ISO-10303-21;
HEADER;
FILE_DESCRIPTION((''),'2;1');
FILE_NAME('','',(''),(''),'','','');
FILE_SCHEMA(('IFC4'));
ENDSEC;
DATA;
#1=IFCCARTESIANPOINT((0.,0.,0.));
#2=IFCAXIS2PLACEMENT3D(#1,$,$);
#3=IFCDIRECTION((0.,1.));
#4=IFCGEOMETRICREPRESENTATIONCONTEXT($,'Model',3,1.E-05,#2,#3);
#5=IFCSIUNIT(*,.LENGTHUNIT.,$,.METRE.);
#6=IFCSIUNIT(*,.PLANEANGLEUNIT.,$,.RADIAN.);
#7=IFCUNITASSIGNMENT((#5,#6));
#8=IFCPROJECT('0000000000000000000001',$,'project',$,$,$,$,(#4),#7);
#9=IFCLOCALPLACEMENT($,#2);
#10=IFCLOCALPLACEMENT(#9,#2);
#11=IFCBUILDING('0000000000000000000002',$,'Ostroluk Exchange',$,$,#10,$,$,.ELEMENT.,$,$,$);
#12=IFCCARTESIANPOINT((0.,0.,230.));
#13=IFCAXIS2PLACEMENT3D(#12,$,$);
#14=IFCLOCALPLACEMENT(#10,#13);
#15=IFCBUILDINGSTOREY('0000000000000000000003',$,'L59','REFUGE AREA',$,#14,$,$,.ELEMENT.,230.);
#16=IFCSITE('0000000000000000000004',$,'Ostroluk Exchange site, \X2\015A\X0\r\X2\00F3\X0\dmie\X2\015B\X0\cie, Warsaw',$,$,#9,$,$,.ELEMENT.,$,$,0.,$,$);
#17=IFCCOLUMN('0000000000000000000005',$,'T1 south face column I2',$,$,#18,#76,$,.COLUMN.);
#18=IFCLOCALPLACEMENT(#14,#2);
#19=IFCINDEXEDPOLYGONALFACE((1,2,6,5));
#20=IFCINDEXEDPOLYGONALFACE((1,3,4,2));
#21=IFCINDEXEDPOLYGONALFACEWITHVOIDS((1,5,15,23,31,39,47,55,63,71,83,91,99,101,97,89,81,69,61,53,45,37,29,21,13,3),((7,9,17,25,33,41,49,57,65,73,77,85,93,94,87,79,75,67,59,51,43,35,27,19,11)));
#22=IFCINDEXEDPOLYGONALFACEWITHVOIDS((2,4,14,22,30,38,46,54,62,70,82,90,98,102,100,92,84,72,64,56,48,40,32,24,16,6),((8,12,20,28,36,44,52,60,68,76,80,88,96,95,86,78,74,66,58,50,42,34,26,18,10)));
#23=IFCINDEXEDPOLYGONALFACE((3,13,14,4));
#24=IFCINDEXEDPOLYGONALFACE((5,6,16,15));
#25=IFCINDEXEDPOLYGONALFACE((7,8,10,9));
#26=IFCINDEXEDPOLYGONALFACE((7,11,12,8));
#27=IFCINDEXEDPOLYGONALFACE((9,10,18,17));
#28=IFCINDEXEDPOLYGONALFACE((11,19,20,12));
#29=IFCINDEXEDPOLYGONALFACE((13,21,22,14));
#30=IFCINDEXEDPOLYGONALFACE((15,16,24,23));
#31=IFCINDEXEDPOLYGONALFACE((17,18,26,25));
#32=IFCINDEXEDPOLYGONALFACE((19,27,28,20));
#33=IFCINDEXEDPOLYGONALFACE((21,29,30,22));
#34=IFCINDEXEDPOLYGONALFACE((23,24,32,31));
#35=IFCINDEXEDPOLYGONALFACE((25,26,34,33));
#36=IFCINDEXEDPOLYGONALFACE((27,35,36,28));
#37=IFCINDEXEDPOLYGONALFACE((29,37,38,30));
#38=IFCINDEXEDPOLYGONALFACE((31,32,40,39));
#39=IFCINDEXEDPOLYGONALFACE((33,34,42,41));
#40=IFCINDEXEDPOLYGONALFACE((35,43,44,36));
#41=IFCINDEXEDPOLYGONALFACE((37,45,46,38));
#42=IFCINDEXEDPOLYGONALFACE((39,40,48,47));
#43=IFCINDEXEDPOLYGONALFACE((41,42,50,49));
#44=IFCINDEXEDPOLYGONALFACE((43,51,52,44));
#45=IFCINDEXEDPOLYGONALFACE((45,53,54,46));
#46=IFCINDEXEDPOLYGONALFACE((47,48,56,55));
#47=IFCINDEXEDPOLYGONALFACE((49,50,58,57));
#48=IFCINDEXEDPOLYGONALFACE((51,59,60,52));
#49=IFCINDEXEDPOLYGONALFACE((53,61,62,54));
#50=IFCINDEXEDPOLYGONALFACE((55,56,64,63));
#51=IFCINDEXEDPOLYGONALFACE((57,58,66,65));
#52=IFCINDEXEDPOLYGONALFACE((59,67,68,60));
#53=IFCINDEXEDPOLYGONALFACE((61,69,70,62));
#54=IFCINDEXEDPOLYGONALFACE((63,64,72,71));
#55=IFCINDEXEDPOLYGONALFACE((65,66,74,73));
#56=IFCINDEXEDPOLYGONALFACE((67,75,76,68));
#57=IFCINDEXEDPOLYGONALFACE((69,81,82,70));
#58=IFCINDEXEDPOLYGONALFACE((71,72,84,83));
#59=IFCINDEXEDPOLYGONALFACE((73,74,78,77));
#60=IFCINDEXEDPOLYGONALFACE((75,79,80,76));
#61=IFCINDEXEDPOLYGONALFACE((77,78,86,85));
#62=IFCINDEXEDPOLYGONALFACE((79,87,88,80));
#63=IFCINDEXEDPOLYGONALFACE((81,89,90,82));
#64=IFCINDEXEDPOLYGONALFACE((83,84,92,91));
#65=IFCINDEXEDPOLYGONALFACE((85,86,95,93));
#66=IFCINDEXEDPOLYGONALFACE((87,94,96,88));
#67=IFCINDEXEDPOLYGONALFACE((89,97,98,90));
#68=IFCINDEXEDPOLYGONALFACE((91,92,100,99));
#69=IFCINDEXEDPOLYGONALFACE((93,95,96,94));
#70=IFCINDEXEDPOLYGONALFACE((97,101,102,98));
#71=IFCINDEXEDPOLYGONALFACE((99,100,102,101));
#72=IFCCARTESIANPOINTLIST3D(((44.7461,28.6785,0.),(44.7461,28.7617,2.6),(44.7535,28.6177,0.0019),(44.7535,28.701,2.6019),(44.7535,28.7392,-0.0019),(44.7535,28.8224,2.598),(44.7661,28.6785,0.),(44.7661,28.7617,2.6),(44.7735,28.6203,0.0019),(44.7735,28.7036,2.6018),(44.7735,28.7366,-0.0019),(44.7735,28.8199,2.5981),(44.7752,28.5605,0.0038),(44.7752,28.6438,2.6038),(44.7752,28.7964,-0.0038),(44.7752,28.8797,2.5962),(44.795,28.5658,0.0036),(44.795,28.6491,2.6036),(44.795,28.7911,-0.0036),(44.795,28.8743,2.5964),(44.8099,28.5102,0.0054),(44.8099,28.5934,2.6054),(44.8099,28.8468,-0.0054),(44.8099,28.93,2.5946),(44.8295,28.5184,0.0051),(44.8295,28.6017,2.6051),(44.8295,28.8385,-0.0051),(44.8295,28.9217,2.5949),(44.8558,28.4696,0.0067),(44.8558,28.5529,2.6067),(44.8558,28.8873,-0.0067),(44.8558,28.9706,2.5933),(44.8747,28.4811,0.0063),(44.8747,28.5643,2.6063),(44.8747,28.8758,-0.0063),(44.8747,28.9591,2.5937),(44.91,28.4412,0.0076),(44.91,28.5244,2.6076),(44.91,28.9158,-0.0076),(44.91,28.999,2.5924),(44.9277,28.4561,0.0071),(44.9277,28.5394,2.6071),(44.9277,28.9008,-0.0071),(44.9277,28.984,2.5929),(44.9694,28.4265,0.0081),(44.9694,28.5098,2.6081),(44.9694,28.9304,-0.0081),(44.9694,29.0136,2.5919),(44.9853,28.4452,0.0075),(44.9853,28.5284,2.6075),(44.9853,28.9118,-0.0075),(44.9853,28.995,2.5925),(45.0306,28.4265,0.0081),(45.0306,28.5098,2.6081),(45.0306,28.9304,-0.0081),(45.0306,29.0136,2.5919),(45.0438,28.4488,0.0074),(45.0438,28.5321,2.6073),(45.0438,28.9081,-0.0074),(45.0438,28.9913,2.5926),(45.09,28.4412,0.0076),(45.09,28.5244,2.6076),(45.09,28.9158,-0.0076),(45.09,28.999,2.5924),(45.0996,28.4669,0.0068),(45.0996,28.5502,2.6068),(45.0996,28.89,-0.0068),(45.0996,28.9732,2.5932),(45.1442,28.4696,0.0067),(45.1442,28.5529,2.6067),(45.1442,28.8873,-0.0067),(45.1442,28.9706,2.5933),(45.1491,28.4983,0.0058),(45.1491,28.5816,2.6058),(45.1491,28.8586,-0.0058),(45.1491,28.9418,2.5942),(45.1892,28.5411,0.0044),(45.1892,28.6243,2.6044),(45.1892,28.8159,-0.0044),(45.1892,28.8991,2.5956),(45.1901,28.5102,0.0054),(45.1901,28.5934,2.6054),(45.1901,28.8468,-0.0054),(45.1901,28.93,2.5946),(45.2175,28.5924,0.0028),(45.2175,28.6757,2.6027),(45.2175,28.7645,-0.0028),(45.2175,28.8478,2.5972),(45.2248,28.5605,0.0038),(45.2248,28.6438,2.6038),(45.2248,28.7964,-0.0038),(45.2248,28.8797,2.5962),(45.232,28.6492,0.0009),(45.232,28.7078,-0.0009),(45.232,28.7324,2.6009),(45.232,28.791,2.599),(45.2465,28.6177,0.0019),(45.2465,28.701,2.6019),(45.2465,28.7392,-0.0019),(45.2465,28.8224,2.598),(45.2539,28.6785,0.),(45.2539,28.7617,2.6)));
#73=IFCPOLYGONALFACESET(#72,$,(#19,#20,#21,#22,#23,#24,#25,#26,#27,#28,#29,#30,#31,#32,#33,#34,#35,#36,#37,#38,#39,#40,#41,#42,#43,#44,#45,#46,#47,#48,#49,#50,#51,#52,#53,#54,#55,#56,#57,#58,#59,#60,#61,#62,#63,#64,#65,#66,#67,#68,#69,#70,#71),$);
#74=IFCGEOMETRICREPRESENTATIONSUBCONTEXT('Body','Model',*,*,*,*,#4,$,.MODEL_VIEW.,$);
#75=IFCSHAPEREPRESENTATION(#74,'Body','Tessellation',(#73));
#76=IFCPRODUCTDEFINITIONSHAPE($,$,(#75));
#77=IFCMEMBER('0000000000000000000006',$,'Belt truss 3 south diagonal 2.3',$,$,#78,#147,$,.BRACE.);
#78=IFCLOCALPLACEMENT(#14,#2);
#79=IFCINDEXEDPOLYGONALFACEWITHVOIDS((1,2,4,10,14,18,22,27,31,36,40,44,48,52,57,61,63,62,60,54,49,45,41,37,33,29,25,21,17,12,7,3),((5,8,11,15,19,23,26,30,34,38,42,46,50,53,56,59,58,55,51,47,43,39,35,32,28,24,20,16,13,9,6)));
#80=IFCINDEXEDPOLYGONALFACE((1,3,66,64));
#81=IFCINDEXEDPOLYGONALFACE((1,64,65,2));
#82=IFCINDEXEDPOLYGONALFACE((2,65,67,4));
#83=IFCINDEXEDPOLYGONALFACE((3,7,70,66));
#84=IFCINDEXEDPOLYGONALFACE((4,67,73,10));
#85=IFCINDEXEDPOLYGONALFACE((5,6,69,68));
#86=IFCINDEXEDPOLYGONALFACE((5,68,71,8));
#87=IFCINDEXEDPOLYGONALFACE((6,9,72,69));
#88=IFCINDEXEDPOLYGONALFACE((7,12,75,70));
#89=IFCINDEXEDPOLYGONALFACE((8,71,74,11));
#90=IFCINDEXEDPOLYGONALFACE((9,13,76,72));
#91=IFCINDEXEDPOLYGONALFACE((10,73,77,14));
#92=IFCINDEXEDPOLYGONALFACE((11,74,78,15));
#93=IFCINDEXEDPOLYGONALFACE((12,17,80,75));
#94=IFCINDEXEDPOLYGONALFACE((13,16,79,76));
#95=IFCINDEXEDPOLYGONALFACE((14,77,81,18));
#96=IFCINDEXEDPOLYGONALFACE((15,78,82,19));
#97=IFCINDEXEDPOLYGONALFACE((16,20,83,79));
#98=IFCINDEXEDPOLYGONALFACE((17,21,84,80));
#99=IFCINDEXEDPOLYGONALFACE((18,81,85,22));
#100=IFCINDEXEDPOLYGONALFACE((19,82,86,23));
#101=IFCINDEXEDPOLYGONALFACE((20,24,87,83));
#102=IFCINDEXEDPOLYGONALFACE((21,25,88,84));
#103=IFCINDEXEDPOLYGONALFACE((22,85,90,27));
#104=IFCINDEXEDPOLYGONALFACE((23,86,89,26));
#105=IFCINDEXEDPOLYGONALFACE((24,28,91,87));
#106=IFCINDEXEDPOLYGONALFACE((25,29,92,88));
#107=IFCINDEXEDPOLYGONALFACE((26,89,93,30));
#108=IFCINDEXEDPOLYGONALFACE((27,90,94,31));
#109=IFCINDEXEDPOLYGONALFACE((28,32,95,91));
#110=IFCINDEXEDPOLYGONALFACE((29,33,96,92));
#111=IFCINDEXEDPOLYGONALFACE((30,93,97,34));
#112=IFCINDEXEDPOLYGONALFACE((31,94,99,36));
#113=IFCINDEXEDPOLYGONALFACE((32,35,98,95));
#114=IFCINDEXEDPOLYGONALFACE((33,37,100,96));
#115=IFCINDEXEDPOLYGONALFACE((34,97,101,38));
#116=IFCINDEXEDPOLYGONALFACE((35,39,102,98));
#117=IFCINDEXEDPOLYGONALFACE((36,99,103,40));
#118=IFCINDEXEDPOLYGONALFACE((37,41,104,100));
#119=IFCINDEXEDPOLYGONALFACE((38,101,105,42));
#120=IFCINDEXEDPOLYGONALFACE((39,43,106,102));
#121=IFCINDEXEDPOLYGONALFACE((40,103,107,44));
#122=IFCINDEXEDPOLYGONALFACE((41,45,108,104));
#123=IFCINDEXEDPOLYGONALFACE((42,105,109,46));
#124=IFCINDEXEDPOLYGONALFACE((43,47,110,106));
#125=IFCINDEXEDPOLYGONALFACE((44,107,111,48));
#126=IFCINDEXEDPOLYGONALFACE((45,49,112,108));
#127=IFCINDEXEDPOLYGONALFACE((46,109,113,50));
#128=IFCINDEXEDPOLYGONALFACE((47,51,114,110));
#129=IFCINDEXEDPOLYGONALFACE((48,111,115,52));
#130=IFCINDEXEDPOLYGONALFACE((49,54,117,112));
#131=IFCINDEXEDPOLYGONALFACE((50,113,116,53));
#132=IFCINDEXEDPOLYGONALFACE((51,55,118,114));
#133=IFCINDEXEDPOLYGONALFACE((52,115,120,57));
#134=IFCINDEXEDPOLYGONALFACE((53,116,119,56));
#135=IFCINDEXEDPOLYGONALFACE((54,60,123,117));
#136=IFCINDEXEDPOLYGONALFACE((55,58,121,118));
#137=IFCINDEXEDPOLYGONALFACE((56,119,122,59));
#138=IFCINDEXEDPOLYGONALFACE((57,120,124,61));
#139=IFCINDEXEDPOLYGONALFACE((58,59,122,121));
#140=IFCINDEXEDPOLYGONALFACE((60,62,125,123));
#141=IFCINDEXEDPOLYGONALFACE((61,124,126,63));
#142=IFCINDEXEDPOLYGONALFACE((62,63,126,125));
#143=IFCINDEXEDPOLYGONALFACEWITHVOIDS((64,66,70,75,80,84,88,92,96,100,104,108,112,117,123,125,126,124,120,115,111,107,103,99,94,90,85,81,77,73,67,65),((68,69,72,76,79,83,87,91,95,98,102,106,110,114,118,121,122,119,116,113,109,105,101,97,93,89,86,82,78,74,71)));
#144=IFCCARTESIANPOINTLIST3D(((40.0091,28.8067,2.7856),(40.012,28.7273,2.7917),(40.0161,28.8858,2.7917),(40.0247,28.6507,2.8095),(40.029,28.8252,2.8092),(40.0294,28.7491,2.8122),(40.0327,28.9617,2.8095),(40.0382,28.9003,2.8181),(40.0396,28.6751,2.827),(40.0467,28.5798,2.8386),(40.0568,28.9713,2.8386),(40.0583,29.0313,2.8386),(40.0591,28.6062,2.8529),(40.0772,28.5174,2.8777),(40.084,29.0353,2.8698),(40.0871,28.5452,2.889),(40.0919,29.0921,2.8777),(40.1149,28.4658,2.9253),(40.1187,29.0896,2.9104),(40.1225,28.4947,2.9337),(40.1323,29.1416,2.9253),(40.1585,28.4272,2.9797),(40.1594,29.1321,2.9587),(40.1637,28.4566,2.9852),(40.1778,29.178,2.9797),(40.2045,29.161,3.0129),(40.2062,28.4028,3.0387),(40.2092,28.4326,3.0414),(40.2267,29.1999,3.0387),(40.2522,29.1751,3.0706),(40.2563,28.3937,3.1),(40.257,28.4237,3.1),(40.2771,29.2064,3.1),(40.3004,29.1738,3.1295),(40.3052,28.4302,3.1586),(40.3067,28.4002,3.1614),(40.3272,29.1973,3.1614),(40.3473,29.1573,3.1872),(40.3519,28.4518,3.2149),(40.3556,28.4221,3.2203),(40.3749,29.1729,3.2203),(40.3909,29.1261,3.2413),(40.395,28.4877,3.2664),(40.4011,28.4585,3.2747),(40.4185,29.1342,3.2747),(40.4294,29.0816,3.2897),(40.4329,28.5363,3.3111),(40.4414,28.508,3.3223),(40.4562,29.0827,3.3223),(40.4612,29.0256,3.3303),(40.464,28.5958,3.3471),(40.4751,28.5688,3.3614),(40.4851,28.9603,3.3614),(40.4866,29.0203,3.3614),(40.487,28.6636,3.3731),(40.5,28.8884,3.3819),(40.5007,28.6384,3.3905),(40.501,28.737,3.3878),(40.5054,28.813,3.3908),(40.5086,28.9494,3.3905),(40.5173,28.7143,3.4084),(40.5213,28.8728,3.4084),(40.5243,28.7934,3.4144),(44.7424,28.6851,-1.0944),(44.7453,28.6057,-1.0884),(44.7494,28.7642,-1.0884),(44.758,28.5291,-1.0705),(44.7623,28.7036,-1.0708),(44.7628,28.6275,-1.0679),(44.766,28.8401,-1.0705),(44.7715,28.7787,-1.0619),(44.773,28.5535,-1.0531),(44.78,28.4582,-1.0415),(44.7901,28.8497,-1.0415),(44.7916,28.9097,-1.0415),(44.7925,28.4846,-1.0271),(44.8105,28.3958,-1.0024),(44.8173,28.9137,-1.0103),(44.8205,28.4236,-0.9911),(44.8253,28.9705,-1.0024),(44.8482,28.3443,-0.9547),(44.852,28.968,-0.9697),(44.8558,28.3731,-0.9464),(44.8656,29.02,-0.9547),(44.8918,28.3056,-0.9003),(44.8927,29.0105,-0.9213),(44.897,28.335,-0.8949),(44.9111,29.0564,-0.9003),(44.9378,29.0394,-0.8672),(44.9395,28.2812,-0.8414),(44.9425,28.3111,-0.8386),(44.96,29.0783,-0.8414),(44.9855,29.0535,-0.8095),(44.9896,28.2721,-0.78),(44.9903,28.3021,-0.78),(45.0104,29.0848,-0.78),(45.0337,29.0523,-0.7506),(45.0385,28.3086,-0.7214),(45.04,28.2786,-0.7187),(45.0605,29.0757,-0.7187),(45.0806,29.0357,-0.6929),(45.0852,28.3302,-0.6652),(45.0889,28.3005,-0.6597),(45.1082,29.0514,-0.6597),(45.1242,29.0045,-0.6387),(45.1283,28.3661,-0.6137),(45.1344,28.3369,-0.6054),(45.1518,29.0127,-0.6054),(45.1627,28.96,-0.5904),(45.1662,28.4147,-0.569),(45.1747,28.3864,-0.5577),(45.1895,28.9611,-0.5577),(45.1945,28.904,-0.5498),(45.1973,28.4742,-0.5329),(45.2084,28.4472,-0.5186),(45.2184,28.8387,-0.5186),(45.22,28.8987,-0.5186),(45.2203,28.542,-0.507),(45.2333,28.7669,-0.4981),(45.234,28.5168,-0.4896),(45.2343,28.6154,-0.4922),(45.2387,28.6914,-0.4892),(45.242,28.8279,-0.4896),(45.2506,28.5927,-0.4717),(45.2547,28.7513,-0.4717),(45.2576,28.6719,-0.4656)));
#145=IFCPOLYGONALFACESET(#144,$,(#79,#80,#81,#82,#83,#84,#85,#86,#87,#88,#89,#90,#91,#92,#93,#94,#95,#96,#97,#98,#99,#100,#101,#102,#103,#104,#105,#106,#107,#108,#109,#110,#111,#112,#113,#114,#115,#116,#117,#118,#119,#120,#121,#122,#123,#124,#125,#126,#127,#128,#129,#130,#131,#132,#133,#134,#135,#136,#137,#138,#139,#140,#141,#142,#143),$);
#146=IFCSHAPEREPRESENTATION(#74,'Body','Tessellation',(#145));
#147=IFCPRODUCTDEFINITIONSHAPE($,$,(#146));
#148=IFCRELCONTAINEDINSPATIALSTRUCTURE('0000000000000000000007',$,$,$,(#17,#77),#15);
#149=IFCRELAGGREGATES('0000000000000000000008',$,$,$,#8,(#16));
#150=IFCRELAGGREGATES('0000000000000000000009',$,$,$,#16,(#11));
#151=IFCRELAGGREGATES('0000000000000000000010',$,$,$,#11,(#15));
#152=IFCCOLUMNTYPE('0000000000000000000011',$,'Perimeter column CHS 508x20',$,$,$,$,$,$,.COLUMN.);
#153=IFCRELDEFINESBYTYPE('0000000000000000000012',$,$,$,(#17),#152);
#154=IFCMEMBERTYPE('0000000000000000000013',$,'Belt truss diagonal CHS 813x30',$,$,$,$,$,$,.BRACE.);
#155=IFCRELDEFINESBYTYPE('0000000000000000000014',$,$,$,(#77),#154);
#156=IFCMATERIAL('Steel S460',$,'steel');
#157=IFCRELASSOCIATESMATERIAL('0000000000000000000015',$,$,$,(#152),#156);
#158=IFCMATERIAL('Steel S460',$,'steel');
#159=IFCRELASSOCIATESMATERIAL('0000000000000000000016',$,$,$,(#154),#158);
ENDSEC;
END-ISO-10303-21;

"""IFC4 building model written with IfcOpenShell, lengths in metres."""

from ifc_helpers import new_model, si_unit, direction, frame, origin, origin_2d, place, context, subcontext, project, spatial, hollow_circle, extrude, material, material_profile, profile_set, type_object, element, save


model = new_model("IFC4")

# Units and contexts
model_context = context("Model", 3, precision=1e-05, world=origin(), true_north=direction((0.0, 1.0)))
body_context = subcontext(model_context, "Body", "Model", "MODEL_VIEW")
ifc_project = project(units=[si_unit("LENGTHUNIT", "METRE"), si_unit("PLANEANGLEUNIT", "RADIAN")], contexts=[model_context])

# Site, building, storey
site_placement = place(None, origin())
site = spatial("IfcSite", under=ifc_project, at=site_placement, Name="Ostroluk Exchange site, Śródmieście, Warsaw", CompositionType="ELEMENT", RefElevation=0.0)
building_placement = place(site_placement, origin())
building = spatial("IfcBuilding", under=site, at=building_placement, Name="Ostroluk Exchange", CompositionType="ELEMENT")
storey_placement = place(building_placement, frame((0.0, 0.0, 230.0)))
storey = spatial("IfcBuildingStorey", under=building, at=storey_placement, Name="L59", Description="REFUGE AREA", CompositionType="ELEMENT", Elevation=230.0)

# Column
ifc_material_1 = material(Name="Steel S460", Category="steel")
ifc_material_profile_1 = material_profile(ifc_material_1, hollow_circle(Radius=0.2539, WallThickness=0.02, at=origin_2d()), Name="CHS 508x20")
ifc_profile_set_1 = profile_set([ifc_material_profile_1], Name="Steel S460")
column_type = type_object("IfcColumnType", Name="Perimeter column CHS 508x20", PredefinedType="COLUMN", material=ifc_profile_set_1)
column_placement = place(storey_placement, frame((45.0, 28.6785, 0.0), z_axis=(0.0, 0.032002, 0.999488), x_axis=(-1.0, 0.0, 0.0)))
element("IfcColumn", 1, at=column_placement, inside=storey, type_object=column_type, Name="T1 south face column I2", PredefinedType="COLUMN", context=body_context, shape_type="SweptSolid", body=[
    extrude(hollow_circle(Radius=0.2539, WallThickness=0.02, at=origin_2d()), origin(), (0.0, 0.0, 1.0), 2.6013),
])

# Member
ifc_material_2 = material(Name="Steel S460", Category="steel")
ifc_material_profile_2 = material_profile(ifc_material_2, hollow_circle(Radius=0.4065, WallThickness=0.03, at=origin_2d()), Name="CHS 813x30")
ifc_profile_set_2 = profile_set([ifc_material_profile_2], Name="Steel S460")
member_type_1 = type_object("IfcMemberType", Name="Belt truss diagonal CHS 813x30", PredefinedType="BRACE", material=ifc_profile_set_2)
for number, where, z_axis, x_axis, name in (
    (2, (45.0, 28.6785, -0.78), (-0.773216, 0.019861, 0.633831), (-0.025678, -0.99967, 0.0), "Belt truss 3 south diagonal 2.3"),
):
    element("IfcMember", number, at=place(storey_placement, frame(where, z_axis=z_axis, x_axis=x_axis)), inside=storey, type_object=member_type_1, Name=name, PredefinedType="BRACE", context=body_context, shape_type="SweptSolid", body=[
        extrude(hollow_circle(Radius=0.4065, WallThickness=0.03, at=origin_2d()), origin(), (0.0, 0.0, 1.0), 6.1216),
    ])

save(model, "model.ifc")
